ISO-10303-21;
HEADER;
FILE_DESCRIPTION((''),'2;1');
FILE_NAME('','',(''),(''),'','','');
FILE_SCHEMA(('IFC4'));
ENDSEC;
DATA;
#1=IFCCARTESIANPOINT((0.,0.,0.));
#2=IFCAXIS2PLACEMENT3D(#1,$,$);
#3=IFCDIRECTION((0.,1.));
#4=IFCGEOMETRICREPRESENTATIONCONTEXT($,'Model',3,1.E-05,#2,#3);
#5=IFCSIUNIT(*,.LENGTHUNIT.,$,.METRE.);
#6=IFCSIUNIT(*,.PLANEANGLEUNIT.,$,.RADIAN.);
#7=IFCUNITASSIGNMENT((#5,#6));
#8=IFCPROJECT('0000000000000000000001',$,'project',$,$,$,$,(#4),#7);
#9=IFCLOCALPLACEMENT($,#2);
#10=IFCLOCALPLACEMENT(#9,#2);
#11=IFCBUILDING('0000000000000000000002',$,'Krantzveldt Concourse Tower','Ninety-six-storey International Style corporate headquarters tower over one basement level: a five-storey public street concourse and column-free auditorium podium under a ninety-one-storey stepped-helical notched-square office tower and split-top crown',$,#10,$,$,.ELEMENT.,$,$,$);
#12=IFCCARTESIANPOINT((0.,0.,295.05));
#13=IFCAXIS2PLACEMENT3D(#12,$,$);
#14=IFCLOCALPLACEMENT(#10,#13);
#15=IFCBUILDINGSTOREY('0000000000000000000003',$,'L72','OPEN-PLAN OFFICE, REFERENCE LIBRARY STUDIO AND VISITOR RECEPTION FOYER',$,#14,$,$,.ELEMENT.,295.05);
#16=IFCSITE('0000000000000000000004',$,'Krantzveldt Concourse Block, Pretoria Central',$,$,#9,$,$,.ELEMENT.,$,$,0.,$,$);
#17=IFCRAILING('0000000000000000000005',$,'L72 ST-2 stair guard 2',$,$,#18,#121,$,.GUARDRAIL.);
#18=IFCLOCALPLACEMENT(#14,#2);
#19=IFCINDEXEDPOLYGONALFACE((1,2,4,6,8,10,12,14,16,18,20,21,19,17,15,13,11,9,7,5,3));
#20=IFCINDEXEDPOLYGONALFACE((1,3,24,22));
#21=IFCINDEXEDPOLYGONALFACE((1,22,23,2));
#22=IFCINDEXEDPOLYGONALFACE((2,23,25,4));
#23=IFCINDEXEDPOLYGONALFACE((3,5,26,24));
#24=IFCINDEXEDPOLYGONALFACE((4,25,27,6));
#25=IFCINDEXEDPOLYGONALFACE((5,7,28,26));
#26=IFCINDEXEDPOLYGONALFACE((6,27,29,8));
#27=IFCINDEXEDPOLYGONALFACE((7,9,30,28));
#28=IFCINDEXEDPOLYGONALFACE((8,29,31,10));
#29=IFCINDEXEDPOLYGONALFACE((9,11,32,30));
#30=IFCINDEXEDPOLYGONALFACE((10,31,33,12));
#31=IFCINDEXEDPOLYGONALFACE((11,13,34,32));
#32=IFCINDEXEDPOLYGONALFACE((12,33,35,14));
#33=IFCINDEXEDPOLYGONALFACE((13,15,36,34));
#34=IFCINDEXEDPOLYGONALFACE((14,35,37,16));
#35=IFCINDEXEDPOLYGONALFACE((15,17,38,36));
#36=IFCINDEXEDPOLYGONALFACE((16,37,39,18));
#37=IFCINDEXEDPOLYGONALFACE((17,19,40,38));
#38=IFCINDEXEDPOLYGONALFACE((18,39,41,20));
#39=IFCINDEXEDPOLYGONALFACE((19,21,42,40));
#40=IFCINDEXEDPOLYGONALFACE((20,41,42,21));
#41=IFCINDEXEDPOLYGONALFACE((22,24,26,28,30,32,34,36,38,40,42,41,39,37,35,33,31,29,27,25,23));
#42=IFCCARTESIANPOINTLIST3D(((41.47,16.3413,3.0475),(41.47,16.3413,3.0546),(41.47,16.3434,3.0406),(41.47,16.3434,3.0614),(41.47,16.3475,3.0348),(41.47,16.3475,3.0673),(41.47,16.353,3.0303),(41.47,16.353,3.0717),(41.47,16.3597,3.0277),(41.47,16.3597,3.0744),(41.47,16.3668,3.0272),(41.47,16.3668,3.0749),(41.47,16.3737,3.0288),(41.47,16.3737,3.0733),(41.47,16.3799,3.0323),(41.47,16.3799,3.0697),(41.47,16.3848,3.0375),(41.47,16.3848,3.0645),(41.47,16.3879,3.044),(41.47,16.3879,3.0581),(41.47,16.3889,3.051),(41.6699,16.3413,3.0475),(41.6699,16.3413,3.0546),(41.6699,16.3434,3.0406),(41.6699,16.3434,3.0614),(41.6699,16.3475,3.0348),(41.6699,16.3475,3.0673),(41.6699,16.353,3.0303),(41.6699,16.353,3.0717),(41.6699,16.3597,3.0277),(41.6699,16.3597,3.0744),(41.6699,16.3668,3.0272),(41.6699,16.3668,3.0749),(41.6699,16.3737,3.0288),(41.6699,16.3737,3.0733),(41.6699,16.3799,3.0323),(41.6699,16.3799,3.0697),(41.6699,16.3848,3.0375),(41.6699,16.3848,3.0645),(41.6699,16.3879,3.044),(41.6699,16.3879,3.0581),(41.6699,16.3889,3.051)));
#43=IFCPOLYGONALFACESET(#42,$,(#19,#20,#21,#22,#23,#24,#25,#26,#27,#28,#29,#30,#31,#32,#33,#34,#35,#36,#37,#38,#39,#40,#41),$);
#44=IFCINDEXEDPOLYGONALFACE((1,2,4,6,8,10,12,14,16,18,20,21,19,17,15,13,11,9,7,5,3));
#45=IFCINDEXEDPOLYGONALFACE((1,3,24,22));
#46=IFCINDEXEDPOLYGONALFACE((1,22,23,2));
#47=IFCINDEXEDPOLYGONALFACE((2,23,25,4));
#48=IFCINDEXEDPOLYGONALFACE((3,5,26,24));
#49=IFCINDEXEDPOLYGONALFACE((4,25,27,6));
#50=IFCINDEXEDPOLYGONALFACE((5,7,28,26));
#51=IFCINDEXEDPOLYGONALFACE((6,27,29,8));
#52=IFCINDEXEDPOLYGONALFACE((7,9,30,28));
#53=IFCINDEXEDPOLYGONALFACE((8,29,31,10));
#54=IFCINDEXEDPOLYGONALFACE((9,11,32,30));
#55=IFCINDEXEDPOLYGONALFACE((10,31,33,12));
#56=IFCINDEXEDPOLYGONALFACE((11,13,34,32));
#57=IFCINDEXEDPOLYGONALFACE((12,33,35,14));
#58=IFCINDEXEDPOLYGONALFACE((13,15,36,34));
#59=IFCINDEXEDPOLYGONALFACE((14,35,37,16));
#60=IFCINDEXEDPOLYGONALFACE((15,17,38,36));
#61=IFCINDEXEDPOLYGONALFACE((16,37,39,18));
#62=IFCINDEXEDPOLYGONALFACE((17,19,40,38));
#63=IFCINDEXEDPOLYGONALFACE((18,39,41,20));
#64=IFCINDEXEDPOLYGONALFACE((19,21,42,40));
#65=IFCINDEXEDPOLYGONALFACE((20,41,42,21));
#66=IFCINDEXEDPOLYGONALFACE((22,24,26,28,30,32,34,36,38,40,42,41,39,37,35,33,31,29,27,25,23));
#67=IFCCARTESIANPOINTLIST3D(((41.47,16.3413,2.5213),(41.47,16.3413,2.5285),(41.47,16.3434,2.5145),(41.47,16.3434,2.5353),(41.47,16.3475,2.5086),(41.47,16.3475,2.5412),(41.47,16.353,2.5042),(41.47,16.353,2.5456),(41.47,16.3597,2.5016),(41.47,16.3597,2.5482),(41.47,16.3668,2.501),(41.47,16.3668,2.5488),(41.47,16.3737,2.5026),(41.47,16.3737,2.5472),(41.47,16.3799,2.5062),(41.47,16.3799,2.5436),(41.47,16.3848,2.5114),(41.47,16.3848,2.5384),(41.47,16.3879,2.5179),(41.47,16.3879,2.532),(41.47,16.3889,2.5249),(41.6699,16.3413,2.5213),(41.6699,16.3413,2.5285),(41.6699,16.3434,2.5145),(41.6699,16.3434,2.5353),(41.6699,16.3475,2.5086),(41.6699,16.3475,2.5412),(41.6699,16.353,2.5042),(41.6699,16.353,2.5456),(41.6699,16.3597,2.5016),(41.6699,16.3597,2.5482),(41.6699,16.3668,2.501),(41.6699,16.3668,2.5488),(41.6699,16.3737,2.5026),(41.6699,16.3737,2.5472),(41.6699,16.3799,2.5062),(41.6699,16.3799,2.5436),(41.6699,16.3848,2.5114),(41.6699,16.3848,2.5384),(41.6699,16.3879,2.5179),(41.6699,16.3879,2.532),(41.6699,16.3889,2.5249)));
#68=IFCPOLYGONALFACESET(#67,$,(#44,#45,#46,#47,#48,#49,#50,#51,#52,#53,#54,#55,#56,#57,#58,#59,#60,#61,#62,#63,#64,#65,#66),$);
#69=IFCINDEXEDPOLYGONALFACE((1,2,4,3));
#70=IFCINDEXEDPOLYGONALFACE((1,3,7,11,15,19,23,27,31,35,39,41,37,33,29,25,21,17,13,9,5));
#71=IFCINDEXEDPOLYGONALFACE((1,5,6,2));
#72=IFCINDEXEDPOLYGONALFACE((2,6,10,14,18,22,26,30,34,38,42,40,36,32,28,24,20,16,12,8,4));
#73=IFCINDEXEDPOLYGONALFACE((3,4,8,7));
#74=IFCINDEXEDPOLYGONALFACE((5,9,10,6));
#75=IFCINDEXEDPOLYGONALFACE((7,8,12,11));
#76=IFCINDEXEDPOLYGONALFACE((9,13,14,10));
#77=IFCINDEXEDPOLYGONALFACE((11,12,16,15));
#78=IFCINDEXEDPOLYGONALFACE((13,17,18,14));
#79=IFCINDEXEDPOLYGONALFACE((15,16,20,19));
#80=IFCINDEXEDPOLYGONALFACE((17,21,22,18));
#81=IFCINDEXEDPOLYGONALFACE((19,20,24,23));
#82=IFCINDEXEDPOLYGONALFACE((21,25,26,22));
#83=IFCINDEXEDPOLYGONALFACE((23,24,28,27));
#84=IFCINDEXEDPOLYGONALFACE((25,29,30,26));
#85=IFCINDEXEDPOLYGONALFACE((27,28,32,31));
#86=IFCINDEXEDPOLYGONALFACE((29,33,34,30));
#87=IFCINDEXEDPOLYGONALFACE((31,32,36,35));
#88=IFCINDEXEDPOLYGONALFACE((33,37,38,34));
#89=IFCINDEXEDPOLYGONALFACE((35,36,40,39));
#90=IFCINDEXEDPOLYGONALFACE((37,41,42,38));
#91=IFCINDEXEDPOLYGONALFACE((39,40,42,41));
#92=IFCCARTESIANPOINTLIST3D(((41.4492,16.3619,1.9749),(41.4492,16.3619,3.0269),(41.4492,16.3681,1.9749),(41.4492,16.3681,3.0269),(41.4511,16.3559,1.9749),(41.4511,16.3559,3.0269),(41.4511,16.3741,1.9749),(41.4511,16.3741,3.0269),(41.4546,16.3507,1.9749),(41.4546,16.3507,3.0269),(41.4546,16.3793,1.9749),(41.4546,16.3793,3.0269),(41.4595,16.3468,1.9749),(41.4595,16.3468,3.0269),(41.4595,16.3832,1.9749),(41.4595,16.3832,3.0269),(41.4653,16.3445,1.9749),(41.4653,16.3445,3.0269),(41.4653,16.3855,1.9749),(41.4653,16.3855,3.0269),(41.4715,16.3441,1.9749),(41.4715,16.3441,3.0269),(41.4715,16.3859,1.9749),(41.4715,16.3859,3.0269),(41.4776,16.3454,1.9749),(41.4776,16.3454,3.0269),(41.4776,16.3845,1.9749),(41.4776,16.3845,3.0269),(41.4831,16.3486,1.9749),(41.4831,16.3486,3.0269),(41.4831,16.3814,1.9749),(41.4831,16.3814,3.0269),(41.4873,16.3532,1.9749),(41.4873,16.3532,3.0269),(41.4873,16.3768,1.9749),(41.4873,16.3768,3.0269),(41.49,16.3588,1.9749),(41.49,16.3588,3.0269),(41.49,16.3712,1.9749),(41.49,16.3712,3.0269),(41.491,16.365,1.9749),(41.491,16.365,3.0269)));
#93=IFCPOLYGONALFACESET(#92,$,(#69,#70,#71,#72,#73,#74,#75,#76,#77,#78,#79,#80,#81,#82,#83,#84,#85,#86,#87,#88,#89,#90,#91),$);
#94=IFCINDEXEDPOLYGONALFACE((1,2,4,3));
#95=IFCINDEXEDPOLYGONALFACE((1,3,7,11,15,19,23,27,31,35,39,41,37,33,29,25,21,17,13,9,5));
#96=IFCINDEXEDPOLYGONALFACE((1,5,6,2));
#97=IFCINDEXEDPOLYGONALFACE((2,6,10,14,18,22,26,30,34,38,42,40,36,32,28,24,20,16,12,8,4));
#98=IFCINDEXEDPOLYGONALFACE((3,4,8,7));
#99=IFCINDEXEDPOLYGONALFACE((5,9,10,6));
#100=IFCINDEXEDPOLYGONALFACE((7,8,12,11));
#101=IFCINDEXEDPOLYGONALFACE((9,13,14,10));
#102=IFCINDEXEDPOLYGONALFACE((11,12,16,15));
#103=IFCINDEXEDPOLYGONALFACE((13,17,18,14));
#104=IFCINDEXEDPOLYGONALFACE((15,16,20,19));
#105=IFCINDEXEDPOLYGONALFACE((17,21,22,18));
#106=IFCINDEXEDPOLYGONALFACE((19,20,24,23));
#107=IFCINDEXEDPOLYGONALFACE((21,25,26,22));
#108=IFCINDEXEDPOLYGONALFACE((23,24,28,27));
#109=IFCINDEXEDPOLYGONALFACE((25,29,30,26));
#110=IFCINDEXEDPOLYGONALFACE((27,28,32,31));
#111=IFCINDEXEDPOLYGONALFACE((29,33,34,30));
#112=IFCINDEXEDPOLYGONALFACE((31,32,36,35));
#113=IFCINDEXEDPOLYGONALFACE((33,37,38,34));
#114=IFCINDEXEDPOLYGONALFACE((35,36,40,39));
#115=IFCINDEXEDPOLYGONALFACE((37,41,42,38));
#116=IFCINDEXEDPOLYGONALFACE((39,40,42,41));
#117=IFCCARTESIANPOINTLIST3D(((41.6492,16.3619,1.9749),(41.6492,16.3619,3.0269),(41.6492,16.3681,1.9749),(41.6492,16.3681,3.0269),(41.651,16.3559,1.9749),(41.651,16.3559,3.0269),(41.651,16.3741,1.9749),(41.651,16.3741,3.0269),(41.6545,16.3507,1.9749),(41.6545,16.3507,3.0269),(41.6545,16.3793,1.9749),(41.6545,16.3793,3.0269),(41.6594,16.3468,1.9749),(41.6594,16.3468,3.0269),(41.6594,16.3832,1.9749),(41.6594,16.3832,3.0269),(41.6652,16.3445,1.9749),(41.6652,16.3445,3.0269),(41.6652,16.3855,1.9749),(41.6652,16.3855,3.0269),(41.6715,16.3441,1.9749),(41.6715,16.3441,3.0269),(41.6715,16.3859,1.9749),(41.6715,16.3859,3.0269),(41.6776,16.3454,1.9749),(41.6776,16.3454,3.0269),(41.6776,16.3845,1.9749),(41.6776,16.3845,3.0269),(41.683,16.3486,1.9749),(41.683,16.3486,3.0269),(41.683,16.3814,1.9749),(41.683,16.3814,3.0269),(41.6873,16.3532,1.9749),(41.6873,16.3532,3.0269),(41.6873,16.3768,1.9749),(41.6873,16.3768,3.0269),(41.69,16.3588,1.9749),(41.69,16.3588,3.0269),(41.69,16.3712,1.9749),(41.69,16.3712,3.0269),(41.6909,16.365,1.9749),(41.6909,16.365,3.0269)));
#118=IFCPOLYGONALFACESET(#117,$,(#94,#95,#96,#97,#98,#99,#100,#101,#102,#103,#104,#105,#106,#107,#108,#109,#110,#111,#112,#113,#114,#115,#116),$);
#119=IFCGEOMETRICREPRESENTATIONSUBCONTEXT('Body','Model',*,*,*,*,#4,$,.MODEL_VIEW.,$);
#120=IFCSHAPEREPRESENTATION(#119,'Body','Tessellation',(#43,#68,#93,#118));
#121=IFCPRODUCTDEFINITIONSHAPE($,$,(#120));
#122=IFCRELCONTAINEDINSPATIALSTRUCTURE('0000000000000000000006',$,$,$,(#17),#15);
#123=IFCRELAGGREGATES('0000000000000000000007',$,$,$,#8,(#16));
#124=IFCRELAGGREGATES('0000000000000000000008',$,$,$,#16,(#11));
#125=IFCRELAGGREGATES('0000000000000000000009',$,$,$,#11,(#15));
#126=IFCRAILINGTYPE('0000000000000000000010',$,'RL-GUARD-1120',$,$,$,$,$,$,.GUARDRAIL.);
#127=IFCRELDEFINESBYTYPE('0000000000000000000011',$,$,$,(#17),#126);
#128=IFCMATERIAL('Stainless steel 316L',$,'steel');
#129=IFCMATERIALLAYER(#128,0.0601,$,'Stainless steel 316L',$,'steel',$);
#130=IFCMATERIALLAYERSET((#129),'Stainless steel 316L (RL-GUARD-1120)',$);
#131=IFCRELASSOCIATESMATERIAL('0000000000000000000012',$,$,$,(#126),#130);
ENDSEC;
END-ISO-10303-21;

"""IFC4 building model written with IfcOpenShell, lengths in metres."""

from ifc_helpers import new_model, si_unit, direction, frame, origin, origin_2d, place, context, subcontext, project, spatial, circle, extrude, material, layer, layer_set, type_object, element, save


model = new_model("IFC4")

# Units and contexts
model_context = context("Model", 3, precision=1e-05, world=origin(), true_north=direction((0.0, 1.0)))
body_context = subcontext(model_context, "Body", "Model", "MODEL_VIEW")
ifc_project = project(units=[si_unit("LENGTHUNIT", "METRE"), si_unit("PLANEANGLEUNIT", "RADIAN")], contexts=[model_context])

# Site, building, storey
site_placement = place(None, origin())
site = spatial("IfcSite", under=ifc_project, at=site_placement, Name="Krantzveldt Concourse Block, Pretoria Central", CompositionType="ELEMENT", RefElevation=0.0)
building_placement = place(site_placement, origin())
building = spatial("IfcBuilding", under=site, at=building_placement, Name="Krantzveldt Concourse Tower", Description="Ninety-six-storey International Style corporate headquarters tower over one basement level: a five-storey public street concourse and column-free auditorium podium under a ninety-one-storey stepped-helical notched-square office tower and split-top crown", CompositionType="ELEMENT")
storey_placement = place(building_placement, frame((0.0, 0.0, 295.05)))
storey = spatial("IfcBuildingStorey", under=building, at=storey_placement, Name="L72", Description="OPEN-PLAN OFFICE, REFERENCE LIBRARY STUDIO AND VISITOR RECEPTION FOYER", CompositionType="ELEMENT", Elevation=295.05)

# Shared definitions
ifc_material_1 = material(Name="Stainless steel 316L", Category="steel")

# Railing
ifc_layer_1 = layer(ifc_material_1, 0.0601, Name="Stainless steel 316L", Category="steel")
ifc_layer_set_1 = layer_set([ifc_layer_1], Name="Stainless steel 316L (RL-GUARD-1120)")
railing_type_1 = type_object("IfcRailingType", Name="RL-GUARD-1120", PredefinedType="GUARDRAIL", material=ifc_layer_set_1)
railing_1_placement = place(storey_placement, frame((41.47, 16.365, 1.9749)))
element("IfcRailing", 1, at=railing_1_placement, inside=storey, type_object=railing_type_1, Name="L72 ST-2 stair guard 2", PredefinedType="GUARDRAIL", context=body_context, shape_type="SweptSolid", body=[
    extrude(circle(Radius=0.0239, at=origin_2d()), frame((0.0, 0.0, 1.0762), z_axis=(1.0, 0.0, 0.0), x_axis=(0.0, 1.0, 0.0)), (0.0, 0.0, 1.0), 0.2),
    extrude(circle(Radius=0.0239, at=origin_2d()), frame((0.0, 0.0, 0.55), z_axis=(1.0, 0.0, 0.0), x_axis=(0.0, 1.0, 0.0)), (0.0, 0.0, 1.0), 0.2),
    extrude(circle(Radius=0.021, at=origin_2d()), origin(), (0.0, 0.0, 1.0), 1.052),
    extrude(circle(Radius=0.021, at=origin_2d()), frame((0.2, 0.0, 0.0)), (0.0, 0.0, 1.0), 1.052),
])

save(model, "model.ifc")
